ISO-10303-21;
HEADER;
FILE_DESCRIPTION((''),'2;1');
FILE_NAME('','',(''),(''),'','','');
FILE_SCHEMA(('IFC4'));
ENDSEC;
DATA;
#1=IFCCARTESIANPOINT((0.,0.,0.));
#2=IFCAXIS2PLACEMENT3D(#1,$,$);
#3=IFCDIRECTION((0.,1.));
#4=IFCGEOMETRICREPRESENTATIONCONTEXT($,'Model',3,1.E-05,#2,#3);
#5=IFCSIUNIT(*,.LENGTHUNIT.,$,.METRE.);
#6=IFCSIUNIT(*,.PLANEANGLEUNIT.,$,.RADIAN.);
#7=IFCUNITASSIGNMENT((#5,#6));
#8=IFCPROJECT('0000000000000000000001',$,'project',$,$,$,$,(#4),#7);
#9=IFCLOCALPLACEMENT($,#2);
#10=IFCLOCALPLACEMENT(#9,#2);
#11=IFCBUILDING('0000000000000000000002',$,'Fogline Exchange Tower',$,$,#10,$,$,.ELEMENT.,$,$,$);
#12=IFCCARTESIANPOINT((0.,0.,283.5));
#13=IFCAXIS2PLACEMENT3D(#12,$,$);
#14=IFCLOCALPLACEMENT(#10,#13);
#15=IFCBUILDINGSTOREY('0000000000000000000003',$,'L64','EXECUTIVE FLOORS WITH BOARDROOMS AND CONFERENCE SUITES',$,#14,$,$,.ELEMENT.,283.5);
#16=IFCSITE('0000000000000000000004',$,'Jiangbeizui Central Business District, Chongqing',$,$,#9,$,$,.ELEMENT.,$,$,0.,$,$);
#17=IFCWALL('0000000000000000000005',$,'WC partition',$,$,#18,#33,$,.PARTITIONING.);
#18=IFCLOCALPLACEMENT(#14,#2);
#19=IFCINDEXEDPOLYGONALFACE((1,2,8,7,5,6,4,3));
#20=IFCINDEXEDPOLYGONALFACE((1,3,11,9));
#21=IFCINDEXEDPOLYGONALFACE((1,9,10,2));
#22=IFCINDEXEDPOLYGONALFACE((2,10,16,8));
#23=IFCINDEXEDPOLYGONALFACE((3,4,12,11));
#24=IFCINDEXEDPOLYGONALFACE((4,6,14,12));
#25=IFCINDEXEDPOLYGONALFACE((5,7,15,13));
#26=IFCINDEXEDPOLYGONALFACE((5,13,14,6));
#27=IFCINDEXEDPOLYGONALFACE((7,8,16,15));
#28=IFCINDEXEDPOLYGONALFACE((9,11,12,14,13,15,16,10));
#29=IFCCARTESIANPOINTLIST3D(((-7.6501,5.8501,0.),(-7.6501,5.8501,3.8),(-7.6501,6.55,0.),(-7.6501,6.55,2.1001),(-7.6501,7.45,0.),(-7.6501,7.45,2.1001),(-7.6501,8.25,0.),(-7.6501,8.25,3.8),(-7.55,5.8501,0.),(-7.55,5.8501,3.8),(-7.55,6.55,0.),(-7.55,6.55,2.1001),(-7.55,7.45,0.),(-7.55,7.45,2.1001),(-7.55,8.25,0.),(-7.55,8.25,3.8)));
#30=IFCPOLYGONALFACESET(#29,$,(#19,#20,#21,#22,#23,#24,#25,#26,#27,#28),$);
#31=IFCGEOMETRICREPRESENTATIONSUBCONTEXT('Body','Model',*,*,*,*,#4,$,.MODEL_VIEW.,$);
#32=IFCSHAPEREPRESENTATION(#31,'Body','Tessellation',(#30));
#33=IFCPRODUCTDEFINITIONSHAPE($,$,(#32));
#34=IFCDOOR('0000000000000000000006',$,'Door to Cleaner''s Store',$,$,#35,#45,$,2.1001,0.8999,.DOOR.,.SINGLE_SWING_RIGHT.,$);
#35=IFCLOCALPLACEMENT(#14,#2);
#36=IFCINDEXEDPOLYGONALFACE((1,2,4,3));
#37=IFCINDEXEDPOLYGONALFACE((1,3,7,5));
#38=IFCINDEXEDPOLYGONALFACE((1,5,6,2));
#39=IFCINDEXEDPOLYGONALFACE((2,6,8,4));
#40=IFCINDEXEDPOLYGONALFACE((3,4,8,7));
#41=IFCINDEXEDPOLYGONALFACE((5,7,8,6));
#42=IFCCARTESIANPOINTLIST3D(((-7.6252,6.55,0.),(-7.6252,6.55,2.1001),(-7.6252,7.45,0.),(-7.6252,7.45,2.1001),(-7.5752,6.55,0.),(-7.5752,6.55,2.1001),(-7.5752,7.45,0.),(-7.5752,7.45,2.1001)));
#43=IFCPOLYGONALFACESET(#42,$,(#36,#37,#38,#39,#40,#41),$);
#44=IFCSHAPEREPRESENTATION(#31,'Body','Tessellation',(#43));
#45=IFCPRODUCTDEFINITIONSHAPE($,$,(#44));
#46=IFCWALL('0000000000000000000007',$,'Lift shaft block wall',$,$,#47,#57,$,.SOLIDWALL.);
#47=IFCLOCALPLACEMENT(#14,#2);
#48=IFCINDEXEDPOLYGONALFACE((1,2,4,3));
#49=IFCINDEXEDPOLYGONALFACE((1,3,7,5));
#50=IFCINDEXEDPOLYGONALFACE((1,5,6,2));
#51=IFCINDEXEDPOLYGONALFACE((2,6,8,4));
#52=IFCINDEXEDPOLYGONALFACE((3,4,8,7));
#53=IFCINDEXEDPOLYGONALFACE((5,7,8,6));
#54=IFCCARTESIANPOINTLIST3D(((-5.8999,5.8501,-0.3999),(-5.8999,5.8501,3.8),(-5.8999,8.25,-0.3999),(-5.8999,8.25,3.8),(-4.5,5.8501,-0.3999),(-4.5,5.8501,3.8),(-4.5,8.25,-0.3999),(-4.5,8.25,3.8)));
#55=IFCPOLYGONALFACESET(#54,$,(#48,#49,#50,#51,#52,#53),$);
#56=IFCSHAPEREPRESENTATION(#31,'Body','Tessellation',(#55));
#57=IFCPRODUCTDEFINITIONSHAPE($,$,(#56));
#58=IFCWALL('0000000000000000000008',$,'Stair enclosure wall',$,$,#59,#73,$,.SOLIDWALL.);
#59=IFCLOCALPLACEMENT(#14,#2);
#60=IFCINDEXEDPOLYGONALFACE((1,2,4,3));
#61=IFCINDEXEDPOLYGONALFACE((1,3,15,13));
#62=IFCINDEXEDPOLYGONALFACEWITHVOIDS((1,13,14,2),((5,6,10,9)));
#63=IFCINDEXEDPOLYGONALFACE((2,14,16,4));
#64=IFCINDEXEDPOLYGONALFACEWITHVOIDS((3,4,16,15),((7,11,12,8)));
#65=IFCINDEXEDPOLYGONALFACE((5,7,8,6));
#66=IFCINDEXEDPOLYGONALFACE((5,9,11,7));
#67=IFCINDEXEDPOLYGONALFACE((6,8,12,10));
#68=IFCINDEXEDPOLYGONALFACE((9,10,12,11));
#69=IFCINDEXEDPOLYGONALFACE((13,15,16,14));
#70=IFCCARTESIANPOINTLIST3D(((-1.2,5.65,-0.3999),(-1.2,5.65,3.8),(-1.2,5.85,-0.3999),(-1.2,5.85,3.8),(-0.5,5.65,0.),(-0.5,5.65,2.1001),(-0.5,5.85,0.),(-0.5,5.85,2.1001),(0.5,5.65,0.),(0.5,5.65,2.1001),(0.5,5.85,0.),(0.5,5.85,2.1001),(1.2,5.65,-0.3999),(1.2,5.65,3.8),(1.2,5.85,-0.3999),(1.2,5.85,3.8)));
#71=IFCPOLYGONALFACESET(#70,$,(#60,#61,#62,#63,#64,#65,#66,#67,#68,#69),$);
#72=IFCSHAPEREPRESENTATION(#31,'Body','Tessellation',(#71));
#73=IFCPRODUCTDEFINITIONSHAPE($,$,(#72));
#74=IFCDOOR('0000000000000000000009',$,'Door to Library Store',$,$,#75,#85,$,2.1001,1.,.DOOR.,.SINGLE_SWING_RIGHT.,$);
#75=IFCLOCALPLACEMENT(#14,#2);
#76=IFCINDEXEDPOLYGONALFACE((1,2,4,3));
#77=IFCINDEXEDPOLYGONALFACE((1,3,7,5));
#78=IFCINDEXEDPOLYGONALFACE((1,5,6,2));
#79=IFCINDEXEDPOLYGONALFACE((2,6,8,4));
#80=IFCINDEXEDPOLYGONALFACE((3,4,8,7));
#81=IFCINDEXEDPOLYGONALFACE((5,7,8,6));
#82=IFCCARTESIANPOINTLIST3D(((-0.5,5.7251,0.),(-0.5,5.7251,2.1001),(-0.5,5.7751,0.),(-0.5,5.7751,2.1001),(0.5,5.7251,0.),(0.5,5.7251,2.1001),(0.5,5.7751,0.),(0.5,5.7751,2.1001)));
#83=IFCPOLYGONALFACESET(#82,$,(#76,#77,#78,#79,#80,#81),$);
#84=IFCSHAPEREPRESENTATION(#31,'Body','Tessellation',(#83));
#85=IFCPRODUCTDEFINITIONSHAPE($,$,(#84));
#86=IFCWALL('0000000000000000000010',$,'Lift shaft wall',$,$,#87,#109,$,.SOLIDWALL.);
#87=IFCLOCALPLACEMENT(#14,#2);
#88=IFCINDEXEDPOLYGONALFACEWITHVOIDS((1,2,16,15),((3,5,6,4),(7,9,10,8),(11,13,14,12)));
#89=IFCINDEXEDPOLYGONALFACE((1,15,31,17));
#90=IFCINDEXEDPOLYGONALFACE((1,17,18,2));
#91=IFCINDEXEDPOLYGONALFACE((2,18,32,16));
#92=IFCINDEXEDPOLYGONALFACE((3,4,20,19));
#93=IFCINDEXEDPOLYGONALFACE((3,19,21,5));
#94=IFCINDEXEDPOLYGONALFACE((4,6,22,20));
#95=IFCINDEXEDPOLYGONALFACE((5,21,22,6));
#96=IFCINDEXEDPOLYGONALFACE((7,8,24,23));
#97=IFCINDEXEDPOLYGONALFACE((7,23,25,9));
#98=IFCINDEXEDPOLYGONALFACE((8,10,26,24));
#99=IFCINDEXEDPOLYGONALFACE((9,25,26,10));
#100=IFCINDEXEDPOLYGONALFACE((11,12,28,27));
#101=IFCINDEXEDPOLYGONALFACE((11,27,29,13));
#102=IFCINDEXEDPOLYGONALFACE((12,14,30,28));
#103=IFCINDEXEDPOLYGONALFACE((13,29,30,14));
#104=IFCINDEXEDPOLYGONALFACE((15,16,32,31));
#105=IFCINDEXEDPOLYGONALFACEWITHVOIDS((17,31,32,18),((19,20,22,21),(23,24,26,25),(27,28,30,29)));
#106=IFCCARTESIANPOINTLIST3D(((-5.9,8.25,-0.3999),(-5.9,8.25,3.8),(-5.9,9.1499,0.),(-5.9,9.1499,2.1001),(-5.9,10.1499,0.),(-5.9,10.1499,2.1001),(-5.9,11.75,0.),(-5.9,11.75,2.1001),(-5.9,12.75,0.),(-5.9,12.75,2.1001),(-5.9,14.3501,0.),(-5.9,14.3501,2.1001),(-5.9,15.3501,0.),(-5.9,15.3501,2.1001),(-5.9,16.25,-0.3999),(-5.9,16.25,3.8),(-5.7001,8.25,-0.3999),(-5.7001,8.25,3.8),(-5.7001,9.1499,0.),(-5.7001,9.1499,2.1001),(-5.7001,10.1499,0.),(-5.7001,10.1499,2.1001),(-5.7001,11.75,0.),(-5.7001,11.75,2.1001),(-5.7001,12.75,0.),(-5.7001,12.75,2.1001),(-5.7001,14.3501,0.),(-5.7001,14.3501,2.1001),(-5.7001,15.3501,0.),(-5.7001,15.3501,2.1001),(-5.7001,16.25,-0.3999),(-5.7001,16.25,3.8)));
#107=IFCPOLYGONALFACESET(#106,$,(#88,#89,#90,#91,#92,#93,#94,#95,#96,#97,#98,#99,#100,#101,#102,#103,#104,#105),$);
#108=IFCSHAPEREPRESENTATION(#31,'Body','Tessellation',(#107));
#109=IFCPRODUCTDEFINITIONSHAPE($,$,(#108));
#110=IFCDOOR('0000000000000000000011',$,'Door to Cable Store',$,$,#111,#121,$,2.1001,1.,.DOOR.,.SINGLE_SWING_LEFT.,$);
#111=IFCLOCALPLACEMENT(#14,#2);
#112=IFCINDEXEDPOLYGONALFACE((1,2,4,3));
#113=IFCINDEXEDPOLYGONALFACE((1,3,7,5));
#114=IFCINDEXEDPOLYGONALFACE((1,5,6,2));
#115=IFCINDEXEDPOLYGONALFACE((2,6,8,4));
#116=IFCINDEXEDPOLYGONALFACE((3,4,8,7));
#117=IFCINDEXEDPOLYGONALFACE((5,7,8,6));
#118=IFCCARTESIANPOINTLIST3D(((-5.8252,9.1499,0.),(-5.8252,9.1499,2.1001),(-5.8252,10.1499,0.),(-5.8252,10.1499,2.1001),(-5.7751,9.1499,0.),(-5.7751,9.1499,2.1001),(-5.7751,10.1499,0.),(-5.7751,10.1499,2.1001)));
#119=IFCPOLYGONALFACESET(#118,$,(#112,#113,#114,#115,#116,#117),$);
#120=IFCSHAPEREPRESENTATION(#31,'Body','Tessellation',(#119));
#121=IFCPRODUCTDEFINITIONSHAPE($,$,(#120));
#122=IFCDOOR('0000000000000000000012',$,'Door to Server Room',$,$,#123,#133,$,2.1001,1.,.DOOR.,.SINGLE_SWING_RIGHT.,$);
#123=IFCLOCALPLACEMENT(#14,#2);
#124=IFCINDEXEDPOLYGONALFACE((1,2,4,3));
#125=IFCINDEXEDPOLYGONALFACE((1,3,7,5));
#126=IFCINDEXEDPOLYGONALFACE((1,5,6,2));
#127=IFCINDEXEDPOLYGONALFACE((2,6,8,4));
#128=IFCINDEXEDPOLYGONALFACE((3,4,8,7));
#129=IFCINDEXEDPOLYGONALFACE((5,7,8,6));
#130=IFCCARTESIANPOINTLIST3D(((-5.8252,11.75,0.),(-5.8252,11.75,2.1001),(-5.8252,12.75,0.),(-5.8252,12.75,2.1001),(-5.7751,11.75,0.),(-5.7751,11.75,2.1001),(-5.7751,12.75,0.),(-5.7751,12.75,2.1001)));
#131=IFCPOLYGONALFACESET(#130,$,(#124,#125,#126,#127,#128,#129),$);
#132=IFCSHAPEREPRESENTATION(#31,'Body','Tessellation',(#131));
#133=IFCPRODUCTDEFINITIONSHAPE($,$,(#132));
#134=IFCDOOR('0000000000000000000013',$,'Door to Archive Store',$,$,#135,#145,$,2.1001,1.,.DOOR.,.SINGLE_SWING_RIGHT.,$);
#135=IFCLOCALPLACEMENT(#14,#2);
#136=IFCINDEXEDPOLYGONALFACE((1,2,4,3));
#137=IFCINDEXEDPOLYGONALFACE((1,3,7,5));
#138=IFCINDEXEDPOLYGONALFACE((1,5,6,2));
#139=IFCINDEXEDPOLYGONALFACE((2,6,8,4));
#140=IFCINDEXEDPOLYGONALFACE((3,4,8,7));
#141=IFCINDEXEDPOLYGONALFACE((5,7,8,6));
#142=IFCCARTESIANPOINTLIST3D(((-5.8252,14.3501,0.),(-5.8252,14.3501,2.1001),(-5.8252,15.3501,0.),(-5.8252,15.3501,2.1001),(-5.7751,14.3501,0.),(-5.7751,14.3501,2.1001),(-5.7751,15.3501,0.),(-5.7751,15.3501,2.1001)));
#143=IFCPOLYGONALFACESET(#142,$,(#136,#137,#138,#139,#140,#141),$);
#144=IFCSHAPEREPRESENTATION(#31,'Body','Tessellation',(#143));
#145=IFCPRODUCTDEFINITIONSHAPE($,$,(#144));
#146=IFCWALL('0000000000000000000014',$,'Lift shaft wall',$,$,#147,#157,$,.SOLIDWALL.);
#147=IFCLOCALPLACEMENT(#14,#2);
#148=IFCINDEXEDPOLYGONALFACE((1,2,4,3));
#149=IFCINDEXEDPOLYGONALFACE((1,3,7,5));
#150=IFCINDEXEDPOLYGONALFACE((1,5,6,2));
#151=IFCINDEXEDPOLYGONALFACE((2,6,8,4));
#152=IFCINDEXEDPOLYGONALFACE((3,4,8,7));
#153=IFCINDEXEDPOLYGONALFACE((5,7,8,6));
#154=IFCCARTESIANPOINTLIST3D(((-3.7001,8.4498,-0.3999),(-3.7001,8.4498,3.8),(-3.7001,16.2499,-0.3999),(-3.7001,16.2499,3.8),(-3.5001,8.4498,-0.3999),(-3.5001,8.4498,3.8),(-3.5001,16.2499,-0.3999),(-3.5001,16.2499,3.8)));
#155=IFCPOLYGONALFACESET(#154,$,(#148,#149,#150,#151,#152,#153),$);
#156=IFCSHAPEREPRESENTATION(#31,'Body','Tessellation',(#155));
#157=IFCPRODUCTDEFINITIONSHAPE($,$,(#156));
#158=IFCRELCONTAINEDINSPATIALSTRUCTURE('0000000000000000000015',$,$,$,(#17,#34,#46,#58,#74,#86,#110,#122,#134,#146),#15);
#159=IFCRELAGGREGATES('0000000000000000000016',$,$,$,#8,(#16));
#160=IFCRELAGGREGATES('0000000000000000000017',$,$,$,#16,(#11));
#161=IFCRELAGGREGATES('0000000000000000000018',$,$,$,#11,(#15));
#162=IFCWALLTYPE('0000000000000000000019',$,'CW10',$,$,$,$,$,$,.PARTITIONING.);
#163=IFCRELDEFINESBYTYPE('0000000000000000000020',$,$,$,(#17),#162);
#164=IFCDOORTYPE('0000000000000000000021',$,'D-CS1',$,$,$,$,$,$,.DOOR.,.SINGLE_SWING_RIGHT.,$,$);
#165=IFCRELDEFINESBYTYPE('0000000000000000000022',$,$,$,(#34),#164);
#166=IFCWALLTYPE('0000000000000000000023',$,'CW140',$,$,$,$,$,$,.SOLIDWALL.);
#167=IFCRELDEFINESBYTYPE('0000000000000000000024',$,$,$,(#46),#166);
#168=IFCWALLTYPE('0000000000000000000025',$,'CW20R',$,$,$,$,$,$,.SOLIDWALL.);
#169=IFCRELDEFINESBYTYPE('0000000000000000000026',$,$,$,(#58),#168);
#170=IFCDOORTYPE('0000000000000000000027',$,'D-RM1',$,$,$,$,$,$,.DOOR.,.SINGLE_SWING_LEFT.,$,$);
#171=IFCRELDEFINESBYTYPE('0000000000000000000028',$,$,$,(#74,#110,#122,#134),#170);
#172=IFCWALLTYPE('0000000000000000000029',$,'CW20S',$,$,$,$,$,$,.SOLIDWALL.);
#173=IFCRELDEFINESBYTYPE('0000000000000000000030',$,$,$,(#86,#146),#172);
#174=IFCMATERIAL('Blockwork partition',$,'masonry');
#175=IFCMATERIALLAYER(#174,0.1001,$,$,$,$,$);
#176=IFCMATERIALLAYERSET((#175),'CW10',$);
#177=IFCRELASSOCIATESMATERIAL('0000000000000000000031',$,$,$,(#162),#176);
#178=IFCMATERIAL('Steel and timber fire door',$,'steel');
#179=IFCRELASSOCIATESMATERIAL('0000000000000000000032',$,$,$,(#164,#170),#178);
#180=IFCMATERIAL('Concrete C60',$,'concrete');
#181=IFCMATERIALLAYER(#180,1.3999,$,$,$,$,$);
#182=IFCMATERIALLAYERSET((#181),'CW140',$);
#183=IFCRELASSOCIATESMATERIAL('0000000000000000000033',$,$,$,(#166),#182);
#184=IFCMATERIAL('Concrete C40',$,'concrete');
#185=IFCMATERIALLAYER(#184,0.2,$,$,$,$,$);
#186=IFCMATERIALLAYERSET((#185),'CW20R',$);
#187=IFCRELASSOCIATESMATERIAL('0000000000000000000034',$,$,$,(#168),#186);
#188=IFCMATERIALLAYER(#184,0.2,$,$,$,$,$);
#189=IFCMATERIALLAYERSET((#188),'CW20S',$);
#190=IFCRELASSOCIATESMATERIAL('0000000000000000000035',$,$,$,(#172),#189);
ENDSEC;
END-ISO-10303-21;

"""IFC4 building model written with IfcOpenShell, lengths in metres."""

from ifc_helpers import new_model, si_unit, direction, frame, frame_2d, origin, place, context, subcontext, project, spatial, rectangle, extrude, material, layer, layer_set, type_object, element, fill, save


model = new_model("IFC4")

# Units and contexts
model_context = context("Model", 3, precision=1e-05, world=origin(), true_north=direction((0.0, 1.0)))
body_context = subcontext(model_context, "Body", "Model", "MODEL_VIEW")
ifc_project = project(units=[si_unit("LENGTHUNIT", "METRE"), si_unit("PLANEANGLEUNIT", "RADIAN")], contexts=[model_context])

# Site, building, storey
site_placement = place(None, origin())
site = spatial("IfcSite", under=ifc_project, at=site_placement, Name="Jiangbeizui Central Business District, Chongqing", CompositionType="ELEMENT", RefElevation=0.0)
building_placement = place(site_placement, origin())
building = spatial("IfcBuilding", under=site, at=building_placement, Name="Fogline Exchange Tower", CompositionType="ELEMENT")
storey_placement = place(building_placement, frame((0.0, 0.0, 283.5)))
storey = spatial("IfcBuildingStorey", under=building, at=storey_placement, Name="L64", Description="EXECUTIVE FLOORS WITH BOARDROOMS AND CONFERENCE SUITES", CompositionType="ELEMENT", Elevation=283.5)

# Wall, opening, door
ifc_material_1 = material(Name="Blockwork partition", Category="masonry")
ifc_layer_1 = layer(ifc_material_1, 0.1001)
ifc_layer_set_1 = layer_set([ifc_layer_1], Name="CW10")
wall_type_1 = type_object("IfcWallType", Name="CW10", PredefinedType="PARTITIONING", material=ifc_layer_set_1)
wall_1_placement = place(storey_placement, frame((-7.6001, 5.8501, 0.0), z_axis=(0.0, 0.0, 1.0), x_axis=(0.0, 1.0, 0.0)))
wall_1 = element("IfcWall", 1, at=wall_1_placement, inside=storey, type_object=wall_type_1, Name="WC partition", PredefinedType="PARTITIONING", context=body_context, shape_type="SweptSolid", body=[
    extrude(rectangle(XDim=2.3999, YDim=0.1001, at=frame_2d((1.2, 0.0))), origin(), (0.0, 0.0, 1.0), 3.8),
])
opening_1_placement = place(wall_1_placement, frame((0.7, 0.0, 0.0)))
opening_1 = element("IfcOpeningElement", 2, at=opening_1_placement, cuts=wall_1, PredefinedType="OPENING", context=body_context, shape_type="SweptSolid", body=[
    extrude(rectangle(XDim=0.8999, YDim=2.1001, at=frame_2d((0.45, 1.05))), frame((0.0, 0.0601, 0.0), z_axis=(0.0, -1.0, 0.0), x_axis=(1.0, 0.0, 0.0)), (0.0, 0.0, 1.0), 0.1201),
])
ifc_material_2 = material(Name="Steel and timber fire door", Category="steel")
door_type_1 = type_object("IfcDoorType", Name="D-CS1", OperationType="SINGLE_SWING_RIGHT", PredefinedType="DOOR", material=ifc_material_2)
door_1_placement = place(opening_1_placement, frame((0.8999, 0.0, 0.0), z_axis=(0.0, 0.0, 1.0), x_axis=(-1.0, 0.0, 0.0)))
door_1 = element("IfcDoor", 3, at=door_1_placement, inside=storey, type_object=door_type_1, Name="Door to Cleaner's Store", OperationType="SINGLE_SWING_RIGHT", OverallHeight=2.1001, OverallWidth=0.8999, PredefinedType="DOOR", context=body_context, shape_type="SweptSolid", body=[
    extrude(rectangle(XDim=0.8999, YDim=2.1001, at=frame_2d((0.45, 1.05))), frame((0.0, 0.0249, 0.0), z_axis=(0.0, -1.0, 0.0), x_axis=(1.0, 0.0, 0.0)), (0.0, 0.0, 1.0), 0.05),
])
fill(opening_1, door_1)

# Wall
ifc_material_3 = material(Name="Concrete C60", Category="concrete")
ifc_layer_2 = layer(ifc_material_3, 1.3999)
ifc_layer_set_2 = layer_set([ifc_layer_2], Name="CW140")
wall_type_2 = type_object("IfcWallType", Name="CW140", PredefinedType="SOLIDWALL", material=ifc_layer_set_2)
wall_2_placement = place(storey_placement, frame((-5.2, 5.8501, -0.3999), z_axis=(0.0, 0.0, 1.0), x_axis=(0.0, 1.0, 0.0)))
element("IfcWall", 4, at=wall_2_placement, inside=storey, type_object=wall_type_2, Name="Lift shaft block wall", PredefinedType="SOLIDWALL", context=body_context, shape_type="SweptSolid", body=[
    extrude(rectangle(XDim=2.3999, YDim=1.3999, at=frame_2d((1.2, 0.0))), origin(), (0.0, 0.0, 1.0), 4.2),
])

# Wall, opening, door
ifc_material_4 = material(Name="Concrete C40", Category="concrete")
ifc_layer_3 = layer(ifc_material_4, 0.2)
ifc_layer_set_3 = layer_set([ifc_layer_3], Name="CW20R")
wall_type_3 = type_object("IfcWallType", Name="CW20R", PredefinedType="SOLIDWALL", material=ifc_layer_set_3)
wall_3_placement = place(storey_placement, frame((-1.2, 5.75, -0.3999), z_axis=(0.0, 0.0, 1.0), x_axis=(1.0, 0.0, 0.0)))
wall_3 = element("IfcWall", 5, at=wall_3_placement, inside=storey, type_object=wall_type_3, Name="Stair enclosure wall", PredefinedType="SOLIDWALL", context=body_context, shape_type="SweptSolid", body=[
    extrude(rectangle(XDim=2.3999, YDim=0.2, at=frame_2d((1.2, 0.0))), origin(), (0.0, 0.0, 1.0), 4.2),
])
opening_2_placement = place(wall_3_placement, frame((0.7, 0.0, 0.3999)))
opening_2 = element("IfcOpeningElement", 6, at=opening_2_placement, cuts=wall_3, PredefinedType="OPENING", context=body_context, shape_type="SweptSolid", body=[
    extrude(rectangle(XDim=1.0, YDim=2.1001, at=frame_2d((0.5, 1.05))), frame((0.0, 0.1099, 0.0), z_axis=(0.0, -1.0, 0.0), x_axis=(1.0, 0.0, 0.0)), (0.0, 0.0, 1.0), 0.22),
])
door_type_2 = type_object("IfcDoorType", Name="D-RM1", OperationType="SINGLE_SWING_LEFT", PredefinedType="DOOR", material=ifc_material_2)
door_2_placement = place(opening_2_placement, frame((1.0, 0.0, 0.0), z_axis=(0.0, 0.0, 1.0), x_axis=(-1.0, 0.0, 0.0)))
door_2 = element("IfcDoor", 7, at=door_2_placement, inside=storey, type_object=door_type_2, Name="Door to Library Store", OperationType="SINGLE_SWING_RIGHT", OverallHeight=2.1001, OverallWidth=1.0, PredefinedType="DOOR", context=body_context, shape_type="SweptSolid", body=[
    extrude(rectangle(XDim=1.0, YDim=2.1001, at=frame_2d((0.5, 1.05))), frame((0.0, 0.0249, 0.0), z_axis=(0.0, -1.0, 0.0), x_axis=(1.0, 0.0, 0.0)), (0.0, 0.0, 1.0), 0.05),
])
fill(opening_2, door_2)

# Wall, openings, doors
ifc_layer_4 = layer(ifc_material_4, 0.2)
ifc_layer_set_4 = layer_set([ifc_layer_4], Name="CW20S")
wall_type_4 = type_object("IfcWallType", Name="CW20S", PredefinedType="SOLIDWALL", material=ifc_layer_set_4)
wall_4_placement = place(storey_placement, frame((-5.8, 8.25, -0.3999), z_axis=(0.0, 0.0, 1.0), x_axis=(0.0, 1.0, 0.0)))
wall_4 = element("IfcWall", 8, at=wall_4_placement, inside=storey, type_object=wall_type_4, Name="Lift shaft wall", PredefinedType="SOLIDWALL", context=body_context, shape_type="SweptSolid", body=[
    extrude(rectangle(XDim=8.0, YDim=0.2, at=frame_2d((4.0, 0.0))), origin(), (0.0, 0.0, 1.0), 4.2),
])
opening_3_placement = place(wall_4_placement, frame((0.8999, 0.0, 0.3999)))
opening_3 = element("IfcOpeningElement", 9, at=opening_3_placement, cuts=wall_4, PredefinedType="OPENING", context=body_context, shape_type="SweptSolid", body=[
    extrude(rectangle(XDim=1.0, YDim=2.1001, at=frame_2d((0.5, 1.05))), frame((0.0, 0.1099, 0.0), z_axis=(0.0, -1.0, 0.0), x_axis=(1.0, 0.0, 0.0)), (0.0, 0.0, 1.0), 0.22),
])
opening_4_placement = place(wall_4_placement, frame((3.5, 0.0, 0.3999)))
opening_4 = element("IfcOpeningElement", 10, at=opening_4_placement, cuts=wall_4, PredefinedType="OPENING", context=body_context, shape_type="SweptSolid", body=[
    extrude(rectangle(XDim=1.0, YDim=2.1001, at=frame_2d((0.5, 1.05))), frame((0.0, 0.1099, 0.0), z_axis=(0.0, -1.0, 0.0), x_axis=(1.0, 0.0, 0.0)), (0.0, 0.0, 1.0), 0.22),
])
opening_5_placement = place(wall_4_placement, frame((6.1001, 0.0, 0.3999)))
opening_5 = element("IfcOpeningElement", 11, at=opening_5_placement, cuts=wall_4, PredefinedType="OPENING", context=body_context, shape_type="SweptSolid", body=[
    extrude(rectangle(XDim=1.0, YDim=2.1001, at=frame_2d((0.5, 1.05))), frame((0.0, 0.1099, 0.0), z_axis=(0.0, -1.0, 0.0), x_axis=(1.0, 0.0, 0.0)), (0.0, 0.0, 1.0), 0.22),
])
door_3_placement = place(opening_3_placement, frame((1.0, 0.0, 0.0), z_axis=(0.0, 0.0, 1.0), x_axis=(-1.0, 0.0, 0.0)))
door_3 = element("IfcDoor", 12, at=door_3_placement, inside=storey, type_object=door_type_2, Name="Door to Cable Store", OperationType="SINGLE_SWING_LEFT", OverallHeight=2.1001, OverallWidth=1.0, PredefinedType="DOOR", context=body_context, shape_type="SweptSolid", body=[
    extrude(rectangle(XDim=1.0, YDim=2.1001, at=frame_2d((0.5, 1.05))), frame((0.0, 0.0249, 0.0), z_axis=(0.0, -1.0, 0.0), x_axis=(1.0, 0.0, 0.0)), (0.0, 0.0, 1.0), 0.05),
])
fill(opening_3, door_3)
door_4_placement = place(opening_4_placement, frame((1.0, 0.0, 0.0), z_axis=(0.0, 0.0, 1.0), x_axis=(-1.0, 0.0, 0.0)))
door_4 = element("IfcDoor", 13, at=door_4_placement, inside=storey, type_object=door_type_2, Name="Door to Server Room", OperationType="SINGLE_SWING_RIGHT", OverallHeight=2.1001, OverallWidth=1.0, PredefinedType="DOOR", context=body_context, shape_type="SweptSolid", body=[
    extrude(rectangle(XDim=1.0, YDim=2.1001, at=frame_2d((0.5, 1.05))), frame((0.0, 0.0249, 0.0), z_axis=(0.0, -1.0, 0.0), x_axis=(1.0, 0.0, 0.0)), (0.0, 0.0, 1.0), 0.05),
])
fill(opening_4, door_4)
door_5_placement = place(opening_5_placement, frame((1.0, 0.0, 0.0), z_axis=(0.0, 0.0, 1.0), x_axis=(-1.0, 0.0, 0.0)))
door_5 = element("IfcDoor", 14, at=door_5_placement, inside=storey, type_object=door_type_2, Name="Door to Archive Store", OperationType="SINGLE_SWING_RIGHT", OverallHeight=2.1001, OverallWidth=1.0, PredefinedType="DOOR", context=body_context, shape_type="SweptSolid", body=[
    extrude(rectangle(XDim=1.0, YDim=2.1001, at=frame_2d((0.5, 1.05))), frame((0.0, 0.0249, 0.0), z_axis=(0.0, -1.0, 0.0), x_axis=(1.0, 0.0, 0.0)), (0.0, 0.0, 1.0), 0.05),
])
fill(opening_5, door_5)

# Wall
wall_5_placement = place(storey_placement, frame((-3.6001, 8.45, -0.3999), z_axis=(0.0, 0.0, 1.0), x_axis=(0.0, 1.0, 0.0)))
element("IfcWall", 15, at=wall_5_placement, inside=storey, type_object=wall_type_4, Name="Lift shaft wall", PredefinedType="SOLIDWALL", context=body_context, shape_type="SweptSolid", body=[
    extrude(rectangle(XDim=7.8, YDim=0.2, at=frame_2d((3.8999, 0.0))), origin(), (0.0, 0.0, 1.0), 4.2),
])

save(model, "model.ifc")
